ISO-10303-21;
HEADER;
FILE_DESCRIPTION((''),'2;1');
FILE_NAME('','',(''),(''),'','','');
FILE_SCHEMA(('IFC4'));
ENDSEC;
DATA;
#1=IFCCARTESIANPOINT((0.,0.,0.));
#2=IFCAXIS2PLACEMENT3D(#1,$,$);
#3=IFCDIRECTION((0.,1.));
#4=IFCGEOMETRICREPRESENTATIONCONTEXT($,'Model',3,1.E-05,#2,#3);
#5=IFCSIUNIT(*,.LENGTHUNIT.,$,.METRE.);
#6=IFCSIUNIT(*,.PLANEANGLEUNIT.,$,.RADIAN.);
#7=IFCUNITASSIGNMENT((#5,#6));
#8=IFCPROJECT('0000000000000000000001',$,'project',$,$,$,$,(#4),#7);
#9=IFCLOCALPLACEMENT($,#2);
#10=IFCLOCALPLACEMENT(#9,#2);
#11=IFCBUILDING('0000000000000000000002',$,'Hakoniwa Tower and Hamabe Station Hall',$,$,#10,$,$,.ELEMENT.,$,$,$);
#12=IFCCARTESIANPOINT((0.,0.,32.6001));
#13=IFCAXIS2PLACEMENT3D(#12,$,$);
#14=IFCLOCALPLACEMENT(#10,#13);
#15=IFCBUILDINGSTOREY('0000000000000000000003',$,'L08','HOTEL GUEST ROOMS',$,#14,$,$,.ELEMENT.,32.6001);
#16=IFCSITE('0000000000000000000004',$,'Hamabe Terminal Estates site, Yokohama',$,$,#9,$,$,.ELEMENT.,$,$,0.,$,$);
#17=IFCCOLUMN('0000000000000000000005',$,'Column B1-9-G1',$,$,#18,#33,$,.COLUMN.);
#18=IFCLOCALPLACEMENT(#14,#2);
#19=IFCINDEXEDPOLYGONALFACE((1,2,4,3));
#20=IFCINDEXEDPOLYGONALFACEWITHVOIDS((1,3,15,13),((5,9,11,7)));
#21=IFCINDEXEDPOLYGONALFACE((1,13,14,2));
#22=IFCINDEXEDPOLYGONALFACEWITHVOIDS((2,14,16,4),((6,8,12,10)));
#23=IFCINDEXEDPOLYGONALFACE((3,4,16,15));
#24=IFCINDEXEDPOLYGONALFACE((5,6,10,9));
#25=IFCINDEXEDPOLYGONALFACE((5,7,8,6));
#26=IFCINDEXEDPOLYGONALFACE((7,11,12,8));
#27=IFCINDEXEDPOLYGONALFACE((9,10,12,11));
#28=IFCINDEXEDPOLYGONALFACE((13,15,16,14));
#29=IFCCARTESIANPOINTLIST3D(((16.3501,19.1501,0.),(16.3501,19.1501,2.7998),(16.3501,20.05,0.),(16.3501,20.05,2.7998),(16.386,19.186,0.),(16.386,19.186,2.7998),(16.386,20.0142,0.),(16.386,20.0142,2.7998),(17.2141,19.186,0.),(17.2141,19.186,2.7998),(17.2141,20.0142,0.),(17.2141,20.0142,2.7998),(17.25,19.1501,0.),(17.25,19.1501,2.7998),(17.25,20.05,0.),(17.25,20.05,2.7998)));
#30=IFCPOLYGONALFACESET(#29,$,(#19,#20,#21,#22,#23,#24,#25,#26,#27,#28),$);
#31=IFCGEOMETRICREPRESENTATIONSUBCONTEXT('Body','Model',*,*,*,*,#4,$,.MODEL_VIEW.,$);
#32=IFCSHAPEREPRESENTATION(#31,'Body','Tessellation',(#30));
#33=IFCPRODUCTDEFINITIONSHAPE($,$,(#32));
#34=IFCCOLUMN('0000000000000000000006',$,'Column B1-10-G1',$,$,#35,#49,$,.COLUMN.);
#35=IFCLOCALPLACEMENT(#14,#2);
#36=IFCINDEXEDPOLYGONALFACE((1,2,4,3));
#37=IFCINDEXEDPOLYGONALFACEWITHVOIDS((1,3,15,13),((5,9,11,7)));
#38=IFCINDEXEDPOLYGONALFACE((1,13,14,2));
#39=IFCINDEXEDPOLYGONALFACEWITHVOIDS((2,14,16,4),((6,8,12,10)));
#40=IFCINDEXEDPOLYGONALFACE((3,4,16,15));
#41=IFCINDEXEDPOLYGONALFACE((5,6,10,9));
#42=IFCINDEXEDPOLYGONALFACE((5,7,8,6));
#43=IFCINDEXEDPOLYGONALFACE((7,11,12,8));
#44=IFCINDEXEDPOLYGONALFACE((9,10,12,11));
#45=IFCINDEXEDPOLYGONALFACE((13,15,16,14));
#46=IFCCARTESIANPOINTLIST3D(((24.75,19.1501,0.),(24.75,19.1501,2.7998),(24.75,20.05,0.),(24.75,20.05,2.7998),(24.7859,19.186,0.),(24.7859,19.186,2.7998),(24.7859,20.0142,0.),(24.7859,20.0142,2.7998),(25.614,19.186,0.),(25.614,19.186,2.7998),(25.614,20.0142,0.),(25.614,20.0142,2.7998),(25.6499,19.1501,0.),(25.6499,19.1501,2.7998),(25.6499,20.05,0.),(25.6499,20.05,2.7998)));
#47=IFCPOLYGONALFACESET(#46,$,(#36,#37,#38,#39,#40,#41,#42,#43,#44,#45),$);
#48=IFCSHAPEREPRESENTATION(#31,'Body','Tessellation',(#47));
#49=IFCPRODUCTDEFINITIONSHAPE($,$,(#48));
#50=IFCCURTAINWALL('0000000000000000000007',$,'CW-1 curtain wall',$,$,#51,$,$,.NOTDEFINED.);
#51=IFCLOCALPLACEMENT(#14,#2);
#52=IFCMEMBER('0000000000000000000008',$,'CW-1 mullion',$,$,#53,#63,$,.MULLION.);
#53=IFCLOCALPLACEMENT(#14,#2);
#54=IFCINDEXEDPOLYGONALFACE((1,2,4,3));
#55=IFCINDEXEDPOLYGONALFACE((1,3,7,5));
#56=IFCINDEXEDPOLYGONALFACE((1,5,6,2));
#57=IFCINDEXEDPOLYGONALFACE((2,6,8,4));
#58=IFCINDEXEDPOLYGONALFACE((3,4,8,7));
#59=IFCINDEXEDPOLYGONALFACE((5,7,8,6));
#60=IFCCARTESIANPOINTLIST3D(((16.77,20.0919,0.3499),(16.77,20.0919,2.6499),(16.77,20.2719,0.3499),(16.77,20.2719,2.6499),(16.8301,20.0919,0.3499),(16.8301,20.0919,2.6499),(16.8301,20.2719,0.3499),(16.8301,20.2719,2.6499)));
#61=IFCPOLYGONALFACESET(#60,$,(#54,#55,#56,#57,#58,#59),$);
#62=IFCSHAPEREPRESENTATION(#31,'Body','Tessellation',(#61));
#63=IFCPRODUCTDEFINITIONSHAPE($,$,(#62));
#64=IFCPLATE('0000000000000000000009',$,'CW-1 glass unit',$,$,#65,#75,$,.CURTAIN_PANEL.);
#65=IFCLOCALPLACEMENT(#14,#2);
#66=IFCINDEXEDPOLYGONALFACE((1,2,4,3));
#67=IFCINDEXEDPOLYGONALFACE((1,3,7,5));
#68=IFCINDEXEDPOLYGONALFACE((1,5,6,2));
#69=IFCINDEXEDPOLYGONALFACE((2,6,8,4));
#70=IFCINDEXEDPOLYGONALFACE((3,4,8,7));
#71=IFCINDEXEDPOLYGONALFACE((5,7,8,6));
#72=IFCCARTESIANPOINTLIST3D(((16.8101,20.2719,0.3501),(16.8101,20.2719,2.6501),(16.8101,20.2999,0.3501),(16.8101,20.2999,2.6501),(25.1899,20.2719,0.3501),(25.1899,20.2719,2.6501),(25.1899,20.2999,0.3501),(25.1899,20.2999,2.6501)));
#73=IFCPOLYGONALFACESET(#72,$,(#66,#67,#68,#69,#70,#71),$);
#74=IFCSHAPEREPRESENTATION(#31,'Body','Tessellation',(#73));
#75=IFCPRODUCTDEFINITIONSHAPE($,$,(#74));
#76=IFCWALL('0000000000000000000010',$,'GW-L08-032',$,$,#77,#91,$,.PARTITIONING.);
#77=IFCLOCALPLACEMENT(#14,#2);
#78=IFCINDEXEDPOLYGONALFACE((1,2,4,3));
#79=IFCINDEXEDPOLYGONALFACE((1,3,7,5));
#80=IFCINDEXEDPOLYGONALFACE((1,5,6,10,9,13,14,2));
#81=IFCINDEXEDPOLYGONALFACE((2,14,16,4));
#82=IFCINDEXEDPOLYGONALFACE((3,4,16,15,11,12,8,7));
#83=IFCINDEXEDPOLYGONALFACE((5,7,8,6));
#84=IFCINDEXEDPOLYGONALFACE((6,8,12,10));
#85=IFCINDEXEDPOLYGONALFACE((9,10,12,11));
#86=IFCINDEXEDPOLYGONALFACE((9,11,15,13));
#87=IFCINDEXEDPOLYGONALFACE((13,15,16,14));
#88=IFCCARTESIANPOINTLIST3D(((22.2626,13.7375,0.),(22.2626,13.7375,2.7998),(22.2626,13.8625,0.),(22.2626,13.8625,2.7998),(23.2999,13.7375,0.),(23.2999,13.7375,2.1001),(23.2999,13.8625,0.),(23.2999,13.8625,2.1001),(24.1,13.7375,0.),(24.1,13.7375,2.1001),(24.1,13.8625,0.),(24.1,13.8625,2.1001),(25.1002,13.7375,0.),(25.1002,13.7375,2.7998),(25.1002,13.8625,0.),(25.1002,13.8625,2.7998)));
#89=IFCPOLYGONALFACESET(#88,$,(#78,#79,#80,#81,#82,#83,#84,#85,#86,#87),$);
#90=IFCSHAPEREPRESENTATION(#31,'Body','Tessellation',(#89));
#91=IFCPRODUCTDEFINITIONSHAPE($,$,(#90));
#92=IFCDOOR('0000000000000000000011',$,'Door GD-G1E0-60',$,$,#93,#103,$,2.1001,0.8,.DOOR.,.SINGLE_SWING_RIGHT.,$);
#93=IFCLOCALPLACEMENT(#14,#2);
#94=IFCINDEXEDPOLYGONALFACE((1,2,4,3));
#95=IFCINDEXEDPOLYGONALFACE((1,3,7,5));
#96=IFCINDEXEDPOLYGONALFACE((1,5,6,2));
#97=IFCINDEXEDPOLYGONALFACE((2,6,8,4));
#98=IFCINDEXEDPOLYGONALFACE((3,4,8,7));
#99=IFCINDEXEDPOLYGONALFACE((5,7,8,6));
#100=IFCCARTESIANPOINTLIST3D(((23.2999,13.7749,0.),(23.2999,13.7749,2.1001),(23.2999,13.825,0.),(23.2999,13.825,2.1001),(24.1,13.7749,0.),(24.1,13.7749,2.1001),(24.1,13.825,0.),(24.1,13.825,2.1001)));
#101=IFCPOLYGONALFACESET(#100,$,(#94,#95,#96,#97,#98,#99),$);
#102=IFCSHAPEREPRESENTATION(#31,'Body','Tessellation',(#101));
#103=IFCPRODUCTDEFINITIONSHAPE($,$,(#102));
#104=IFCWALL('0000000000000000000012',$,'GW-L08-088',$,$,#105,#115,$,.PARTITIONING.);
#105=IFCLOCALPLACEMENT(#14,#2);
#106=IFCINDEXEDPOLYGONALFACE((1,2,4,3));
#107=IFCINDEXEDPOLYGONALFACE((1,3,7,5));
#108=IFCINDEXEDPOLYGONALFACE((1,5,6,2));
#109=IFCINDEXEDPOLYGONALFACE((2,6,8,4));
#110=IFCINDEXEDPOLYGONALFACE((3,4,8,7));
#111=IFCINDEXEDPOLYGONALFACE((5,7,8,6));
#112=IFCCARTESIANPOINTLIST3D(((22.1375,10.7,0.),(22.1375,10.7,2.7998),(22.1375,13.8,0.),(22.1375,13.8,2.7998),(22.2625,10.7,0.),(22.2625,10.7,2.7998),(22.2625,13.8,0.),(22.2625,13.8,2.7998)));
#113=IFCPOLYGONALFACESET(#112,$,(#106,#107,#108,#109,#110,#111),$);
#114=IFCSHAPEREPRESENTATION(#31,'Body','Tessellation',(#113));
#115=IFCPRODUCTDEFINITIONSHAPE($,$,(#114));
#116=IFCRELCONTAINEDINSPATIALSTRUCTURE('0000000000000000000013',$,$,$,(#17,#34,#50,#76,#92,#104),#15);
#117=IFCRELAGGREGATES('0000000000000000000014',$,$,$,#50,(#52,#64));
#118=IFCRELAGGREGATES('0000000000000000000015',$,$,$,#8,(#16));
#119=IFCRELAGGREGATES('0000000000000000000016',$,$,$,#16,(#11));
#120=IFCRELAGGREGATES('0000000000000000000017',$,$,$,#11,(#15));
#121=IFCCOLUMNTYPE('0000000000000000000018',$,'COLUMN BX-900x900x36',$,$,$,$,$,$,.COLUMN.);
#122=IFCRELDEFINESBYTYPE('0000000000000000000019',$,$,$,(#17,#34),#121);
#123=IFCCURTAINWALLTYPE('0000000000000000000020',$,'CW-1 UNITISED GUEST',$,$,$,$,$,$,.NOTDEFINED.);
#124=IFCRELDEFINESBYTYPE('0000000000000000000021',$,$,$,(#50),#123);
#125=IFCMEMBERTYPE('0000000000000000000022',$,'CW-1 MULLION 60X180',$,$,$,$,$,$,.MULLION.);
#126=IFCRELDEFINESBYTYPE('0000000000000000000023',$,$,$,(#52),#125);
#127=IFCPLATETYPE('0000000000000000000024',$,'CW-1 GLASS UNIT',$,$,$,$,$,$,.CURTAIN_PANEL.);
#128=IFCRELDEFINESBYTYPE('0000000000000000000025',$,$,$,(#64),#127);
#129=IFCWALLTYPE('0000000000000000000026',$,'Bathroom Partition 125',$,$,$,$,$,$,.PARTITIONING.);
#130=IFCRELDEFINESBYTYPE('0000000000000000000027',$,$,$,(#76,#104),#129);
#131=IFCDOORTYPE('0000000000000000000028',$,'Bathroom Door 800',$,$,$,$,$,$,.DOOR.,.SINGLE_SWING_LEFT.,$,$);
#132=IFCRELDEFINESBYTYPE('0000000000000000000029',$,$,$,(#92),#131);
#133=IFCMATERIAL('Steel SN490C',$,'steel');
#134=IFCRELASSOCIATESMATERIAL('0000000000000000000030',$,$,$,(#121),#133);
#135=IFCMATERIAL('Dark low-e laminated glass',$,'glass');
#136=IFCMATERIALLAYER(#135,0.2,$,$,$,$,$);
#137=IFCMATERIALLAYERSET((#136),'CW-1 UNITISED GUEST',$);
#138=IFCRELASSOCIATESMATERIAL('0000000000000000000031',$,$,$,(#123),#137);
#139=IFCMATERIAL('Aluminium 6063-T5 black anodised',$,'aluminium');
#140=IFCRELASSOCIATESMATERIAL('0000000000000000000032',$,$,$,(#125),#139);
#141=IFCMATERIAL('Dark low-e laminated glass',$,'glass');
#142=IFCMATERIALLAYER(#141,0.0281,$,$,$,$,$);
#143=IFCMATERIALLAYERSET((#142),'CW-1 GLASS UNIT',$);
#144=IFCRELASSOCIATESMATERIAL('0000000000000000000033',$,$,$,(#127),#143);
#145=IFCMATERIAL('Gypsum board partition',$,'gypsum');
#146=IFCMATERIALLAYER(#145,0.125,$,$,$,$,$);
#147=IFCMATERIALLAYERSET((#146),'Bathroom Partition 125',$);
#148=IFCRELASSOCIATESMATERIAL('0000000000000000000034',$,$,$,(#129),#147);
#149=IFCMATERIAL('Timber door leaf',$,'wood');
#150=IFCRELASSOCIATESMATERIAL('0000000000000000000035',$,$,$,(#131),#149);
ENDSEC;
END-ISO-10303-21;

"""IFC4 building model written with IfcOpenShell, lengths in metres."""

from ifc_helpers import new_model, si_unit, direction, frame, frame_2d, origin, origin_2d, place, context, subcontext, project, spatial, rectangle, hollow_rectangle, extrude, material, layer, layer_set, material_profile, profile_set, type_object, element, fill, aggregate, save


model = new_model("IFC4")

# Units and contexts
model_context = context("Model", 3, precision=1e-05, world=origin(), true_north=direction((0.0, 1.0)))
body_context = subcontext(model_context, "Body", "Model", "MODEL_VIEW")
ifc_project = project(units=[si_unit("LENGTHUNIT", "METRE"), si_unit("PLANEANGLEUNIT", "RADIAN")], contexts=[model_context])

# Site, building, storey
site_placement = place(None, origin())
site = spatial("IfcSite", under=ifc_project, at=site_placement, Name="Hamabe Terminal Estates site, Yokohama", CompositionType="ELEMENT", RefElevation=0.0)
building_placement = place(site_placement, origin())
building = spatial("IfcBuilding", under=site, at=building_placement, Name="Hakoniwa Tower and Hamabe Station Hall", CompositionType="ELEMENT")
storey_placement = place(building_placement, frame((0.0, 0.0, 32.6001)))
storey = spatial("IfcBuildingStorey", under=building, at=storey_placement, Name="L08", Description="HOTEL GUEST ROOMS", CompositionType="ELEMENT", Elevation=32.6001)

# Columns
ifc_material_1 = material(Name="Steel SN490C", Category="steel")
ifc_material_profile_1 = material_profile(ifc_material_1, hollow_rectangle(XDim=0.8999, YDim=0.8999, WallThickness=0.0359, at=origin_2d()), Name="BX-900x900x36")
ifc_profile_set_1 = profile_set([ifc_material_profile_1], Name="Steel SN490C")
column_type = type_object("IfcColumnType", Name="COLUMN BX-900x900x36", PredefinedType="COLUMN", material=ifc_profile_set_1)
for number, where, z_axis, x_axis, name in (
    (1, (16.8, 19.6001, 0.0), (0.0, 0.0, 1.0), (1.0, 0.0, 0.0), "Column B1-9-G1"),
    (2, (25.2, 19.6001, 0.0), (0.0, 0.0, 1.0), (1.0, 0.0, 0.0), "Column B1-10-G1"),
):
    element("IfcColumn", number, at=place(storey_placement, frame(where, z_axis=z_axis, x_axis=x_axis)), inside=storey, type_object=column_type, Name=name, PredefinedType="COLUMN", context=body_context, shape_type="SweptSolid", body=[
        extrude(hollow_rectangle(XDim=0.8999, YDim=0.8999, WallThickness=0.0359, at=origin_2d()), origin(), (0.0, 0.0, 1.0), 2.7998),
    ])

# Curtain wall, member, plate
ifc_material_2 = material(Name="Dark low-e laminated glass", Category="glass")
ifc_layer_1 = layer(ifc_material_2, 0.2)
ifc_layer_set_1 = layer_set([ifc_layer_1], Name="CW-1 UNITISED GUEST")
curtain_wall_type = type_object("IfcCurtainWallType", Name="CW-1 UNITISED GUEST", PredefinedType="NOTDEFINED", material=ifc_layer_set_1)
curtain_wall_placement = place(storey_placement, origin())
curtain_wall = element("IfcCurtainWall", 3, at=curtain_wall_placement, inside=storey, type_object=curtain_wall_type, Name="CW-1 curtain wall", PredefinedType="NOTDEFINED")
ifc_material_3 = material(Name="Aluminium 6063-T5 black anodised", Category="aluminium")
ifc_material_profile_2 = material_profile(ifc_material_3, rectangle(XDim=0.0601, YDim=0.1799, at=origin_2d()), Name="CW-1 MULLION 60X180")
ifc_profile_set_2 = profile_set([ifc_material_profile_2], Name="Aluminium 6063-T5 black anodised")
member_type = type_object("IfcMemberType", Name="CW-1 MULLION 60X180", PredefinedType="MULLION", material=ifc_profile_set_2)
member_placement = place(storey_placement, frame((16.8, 20.1819, 0.3499), z_axis=(0.0, 0.0, 1.0), x_axis=(-1.0, 0.0, 0.0)))
member = element("IfcMember", 4, at=member_placement, type_object=member_type, Name="CW-1 mullion", PredefinedType="MULLION", context=body_context, shape_type="SweptSolid", body=[
    extrude(rectangle(XDim=0.0601, YDim=0.1799, at=origin_2d()), origin(), (0.0, 0.0, 1.0), 2.3),
])
ifc_material_4 = material(Name="Dark low-e laminated glass", Category="glass")
ifc_layer_2 = layer(ifc_material_4, 0.0281)
ifc_layer_set_2 = layer_set([ifc_layer_2], Name="CW-1 GLASS UNIT")
plate_type = type_object("IfcPlateType", Name="CW-1 GLASS UNIT", PredefinedType="CURTAIN_PANEL", material=ifc_layer_set_2)
plate_placement = place(storey_placement, frame((21.0, 20.2859, 0.3501), z_axis=(0.0, 0.0, 1.0), x_axis=(-1.0, 0.0, 0.0)))
plate = element("IfcPlate", 5, at=plate_placement, type_object=plate_type, Name="CW-1 glass unit", PredefinedType="CURTAIN_PANEL", context=body_context, shape_type="SweptSolid", body=[
    extrude(rectangle(XDim=8.3799, YDim=0.0281, at=origin_2d()), origin(), (0.0, 0.0, 1.0), 2.3),
])
aggregate(curtain_wall, [member, plate])

# Wall, opening, door
ifc_material_5 = material(Name="Gypsum board partition", Category="gypsum")
ifc_layer_3 = layer(ifc_material_5, 0.125)
ifc_layer_set_3 = layer_set([ifc_layer_3], Name="Bathroom Partition 125")
wall_type_1 = type_object("IfcWallType", Name="Bathroom Partition 125", PredefinedType="PARTITIONING", material=ifc_layer_set_3)
wall_1_placement = place(storey_placement, frame((22.2625, 13.8, 0.0), z_axis=(0.0, 0.0, 1.0), x_axis=(1.0, 0.0, 0.0)))
wall_1 = element("IfcWall", 6, at=wall_1_placement, inside=storey, type_object=wall_type_1, Name="GW-L08-032", PredefinedType="PARTITIONING", context=body_context, shape_type="SweptSolid", body=[
    extrude(rectangle(XDim=2.8376, YDim=0.125, at=frame_2d((1.4189, 0.0))), origin(), (0.0, 0.0, 1.0), 2.7998),
])
opening_1_placement = place(wall_1_placement, frame((1.0376, 0.0, 0.0)))
opening_1 = element("IfcOpeningElement", 7, at=opening_1_placement, cuts=wall_1, PredefinedType="OPENING", context=body_context, shape_type="SweptSolid", body=[
    extrude(rectangle(XDim=0.8, YDim=2.1001, at=frame_2d((0.3999, 1.05))), frame((0.0, 0.0725, 0.0), z_axis=(0.0, -1.0, 0.0), x_axis=(1.0, 0.0, 0.0)), (0.0, 0.0, 1.0), 0.145),
])
ifc_material_6 = material(Name="Timber door leaf", Category="wood")
door_type_1 = type_object("IfcDoorType", Name="Bathroom Door 800", OperationType="SINGLE_SWING_LEFT", PredefinedType="DOOR", material=ifc_material_6)
door_1_placement = place(opening_1_placement, origin())
door_1 = element("IfcDoor", 8, at=door_1_placement, inside=storey, type_object=door_type_1, Name="Door GD-G1E0-60", OperationType="SINGLE_SWING_RIGHT", OverallHeight=2.1001, OverallWidth=0.8, PredefinedType="DOOR", context=body_context, shape_type="SweptSolid", body=[
    extrude(rectangle(XDim=0.8, YDim=2.1001, at=frame_2d((0.3999, 1.05))), frame((0.0, 0.0249, 0.0), z_axis=(0.0, -1.0, 0.0), x_axis=(1.0, 0.0, 0.0)), (0.0, 0.0, 1.0), 0.05),
])
fill(opening_1, door_1)

# Wall
wall_2_placement = place(storey_placement, frame((22.2, 10.7, 0.0), z_axis=(0.0, 0.0, 1.0), x_axis=(0.0, 1.0, 0.0)))
element("IfcWall", 9, at=wall_2_placement, inside=storey, type_object=wall_type_1, Name="GW-L08-088", PredefinedType="PARTITIONING", context=body_context, shape_type="SweptSolid", body=[
    extrude(rectangle(XDim=3.1001, YDim=0.125, at=frame_2d((1.55, 0.0))), origin(), (0.0, 0.0, 1.0), 2.7998),
])

save(model, "model.ifc")
